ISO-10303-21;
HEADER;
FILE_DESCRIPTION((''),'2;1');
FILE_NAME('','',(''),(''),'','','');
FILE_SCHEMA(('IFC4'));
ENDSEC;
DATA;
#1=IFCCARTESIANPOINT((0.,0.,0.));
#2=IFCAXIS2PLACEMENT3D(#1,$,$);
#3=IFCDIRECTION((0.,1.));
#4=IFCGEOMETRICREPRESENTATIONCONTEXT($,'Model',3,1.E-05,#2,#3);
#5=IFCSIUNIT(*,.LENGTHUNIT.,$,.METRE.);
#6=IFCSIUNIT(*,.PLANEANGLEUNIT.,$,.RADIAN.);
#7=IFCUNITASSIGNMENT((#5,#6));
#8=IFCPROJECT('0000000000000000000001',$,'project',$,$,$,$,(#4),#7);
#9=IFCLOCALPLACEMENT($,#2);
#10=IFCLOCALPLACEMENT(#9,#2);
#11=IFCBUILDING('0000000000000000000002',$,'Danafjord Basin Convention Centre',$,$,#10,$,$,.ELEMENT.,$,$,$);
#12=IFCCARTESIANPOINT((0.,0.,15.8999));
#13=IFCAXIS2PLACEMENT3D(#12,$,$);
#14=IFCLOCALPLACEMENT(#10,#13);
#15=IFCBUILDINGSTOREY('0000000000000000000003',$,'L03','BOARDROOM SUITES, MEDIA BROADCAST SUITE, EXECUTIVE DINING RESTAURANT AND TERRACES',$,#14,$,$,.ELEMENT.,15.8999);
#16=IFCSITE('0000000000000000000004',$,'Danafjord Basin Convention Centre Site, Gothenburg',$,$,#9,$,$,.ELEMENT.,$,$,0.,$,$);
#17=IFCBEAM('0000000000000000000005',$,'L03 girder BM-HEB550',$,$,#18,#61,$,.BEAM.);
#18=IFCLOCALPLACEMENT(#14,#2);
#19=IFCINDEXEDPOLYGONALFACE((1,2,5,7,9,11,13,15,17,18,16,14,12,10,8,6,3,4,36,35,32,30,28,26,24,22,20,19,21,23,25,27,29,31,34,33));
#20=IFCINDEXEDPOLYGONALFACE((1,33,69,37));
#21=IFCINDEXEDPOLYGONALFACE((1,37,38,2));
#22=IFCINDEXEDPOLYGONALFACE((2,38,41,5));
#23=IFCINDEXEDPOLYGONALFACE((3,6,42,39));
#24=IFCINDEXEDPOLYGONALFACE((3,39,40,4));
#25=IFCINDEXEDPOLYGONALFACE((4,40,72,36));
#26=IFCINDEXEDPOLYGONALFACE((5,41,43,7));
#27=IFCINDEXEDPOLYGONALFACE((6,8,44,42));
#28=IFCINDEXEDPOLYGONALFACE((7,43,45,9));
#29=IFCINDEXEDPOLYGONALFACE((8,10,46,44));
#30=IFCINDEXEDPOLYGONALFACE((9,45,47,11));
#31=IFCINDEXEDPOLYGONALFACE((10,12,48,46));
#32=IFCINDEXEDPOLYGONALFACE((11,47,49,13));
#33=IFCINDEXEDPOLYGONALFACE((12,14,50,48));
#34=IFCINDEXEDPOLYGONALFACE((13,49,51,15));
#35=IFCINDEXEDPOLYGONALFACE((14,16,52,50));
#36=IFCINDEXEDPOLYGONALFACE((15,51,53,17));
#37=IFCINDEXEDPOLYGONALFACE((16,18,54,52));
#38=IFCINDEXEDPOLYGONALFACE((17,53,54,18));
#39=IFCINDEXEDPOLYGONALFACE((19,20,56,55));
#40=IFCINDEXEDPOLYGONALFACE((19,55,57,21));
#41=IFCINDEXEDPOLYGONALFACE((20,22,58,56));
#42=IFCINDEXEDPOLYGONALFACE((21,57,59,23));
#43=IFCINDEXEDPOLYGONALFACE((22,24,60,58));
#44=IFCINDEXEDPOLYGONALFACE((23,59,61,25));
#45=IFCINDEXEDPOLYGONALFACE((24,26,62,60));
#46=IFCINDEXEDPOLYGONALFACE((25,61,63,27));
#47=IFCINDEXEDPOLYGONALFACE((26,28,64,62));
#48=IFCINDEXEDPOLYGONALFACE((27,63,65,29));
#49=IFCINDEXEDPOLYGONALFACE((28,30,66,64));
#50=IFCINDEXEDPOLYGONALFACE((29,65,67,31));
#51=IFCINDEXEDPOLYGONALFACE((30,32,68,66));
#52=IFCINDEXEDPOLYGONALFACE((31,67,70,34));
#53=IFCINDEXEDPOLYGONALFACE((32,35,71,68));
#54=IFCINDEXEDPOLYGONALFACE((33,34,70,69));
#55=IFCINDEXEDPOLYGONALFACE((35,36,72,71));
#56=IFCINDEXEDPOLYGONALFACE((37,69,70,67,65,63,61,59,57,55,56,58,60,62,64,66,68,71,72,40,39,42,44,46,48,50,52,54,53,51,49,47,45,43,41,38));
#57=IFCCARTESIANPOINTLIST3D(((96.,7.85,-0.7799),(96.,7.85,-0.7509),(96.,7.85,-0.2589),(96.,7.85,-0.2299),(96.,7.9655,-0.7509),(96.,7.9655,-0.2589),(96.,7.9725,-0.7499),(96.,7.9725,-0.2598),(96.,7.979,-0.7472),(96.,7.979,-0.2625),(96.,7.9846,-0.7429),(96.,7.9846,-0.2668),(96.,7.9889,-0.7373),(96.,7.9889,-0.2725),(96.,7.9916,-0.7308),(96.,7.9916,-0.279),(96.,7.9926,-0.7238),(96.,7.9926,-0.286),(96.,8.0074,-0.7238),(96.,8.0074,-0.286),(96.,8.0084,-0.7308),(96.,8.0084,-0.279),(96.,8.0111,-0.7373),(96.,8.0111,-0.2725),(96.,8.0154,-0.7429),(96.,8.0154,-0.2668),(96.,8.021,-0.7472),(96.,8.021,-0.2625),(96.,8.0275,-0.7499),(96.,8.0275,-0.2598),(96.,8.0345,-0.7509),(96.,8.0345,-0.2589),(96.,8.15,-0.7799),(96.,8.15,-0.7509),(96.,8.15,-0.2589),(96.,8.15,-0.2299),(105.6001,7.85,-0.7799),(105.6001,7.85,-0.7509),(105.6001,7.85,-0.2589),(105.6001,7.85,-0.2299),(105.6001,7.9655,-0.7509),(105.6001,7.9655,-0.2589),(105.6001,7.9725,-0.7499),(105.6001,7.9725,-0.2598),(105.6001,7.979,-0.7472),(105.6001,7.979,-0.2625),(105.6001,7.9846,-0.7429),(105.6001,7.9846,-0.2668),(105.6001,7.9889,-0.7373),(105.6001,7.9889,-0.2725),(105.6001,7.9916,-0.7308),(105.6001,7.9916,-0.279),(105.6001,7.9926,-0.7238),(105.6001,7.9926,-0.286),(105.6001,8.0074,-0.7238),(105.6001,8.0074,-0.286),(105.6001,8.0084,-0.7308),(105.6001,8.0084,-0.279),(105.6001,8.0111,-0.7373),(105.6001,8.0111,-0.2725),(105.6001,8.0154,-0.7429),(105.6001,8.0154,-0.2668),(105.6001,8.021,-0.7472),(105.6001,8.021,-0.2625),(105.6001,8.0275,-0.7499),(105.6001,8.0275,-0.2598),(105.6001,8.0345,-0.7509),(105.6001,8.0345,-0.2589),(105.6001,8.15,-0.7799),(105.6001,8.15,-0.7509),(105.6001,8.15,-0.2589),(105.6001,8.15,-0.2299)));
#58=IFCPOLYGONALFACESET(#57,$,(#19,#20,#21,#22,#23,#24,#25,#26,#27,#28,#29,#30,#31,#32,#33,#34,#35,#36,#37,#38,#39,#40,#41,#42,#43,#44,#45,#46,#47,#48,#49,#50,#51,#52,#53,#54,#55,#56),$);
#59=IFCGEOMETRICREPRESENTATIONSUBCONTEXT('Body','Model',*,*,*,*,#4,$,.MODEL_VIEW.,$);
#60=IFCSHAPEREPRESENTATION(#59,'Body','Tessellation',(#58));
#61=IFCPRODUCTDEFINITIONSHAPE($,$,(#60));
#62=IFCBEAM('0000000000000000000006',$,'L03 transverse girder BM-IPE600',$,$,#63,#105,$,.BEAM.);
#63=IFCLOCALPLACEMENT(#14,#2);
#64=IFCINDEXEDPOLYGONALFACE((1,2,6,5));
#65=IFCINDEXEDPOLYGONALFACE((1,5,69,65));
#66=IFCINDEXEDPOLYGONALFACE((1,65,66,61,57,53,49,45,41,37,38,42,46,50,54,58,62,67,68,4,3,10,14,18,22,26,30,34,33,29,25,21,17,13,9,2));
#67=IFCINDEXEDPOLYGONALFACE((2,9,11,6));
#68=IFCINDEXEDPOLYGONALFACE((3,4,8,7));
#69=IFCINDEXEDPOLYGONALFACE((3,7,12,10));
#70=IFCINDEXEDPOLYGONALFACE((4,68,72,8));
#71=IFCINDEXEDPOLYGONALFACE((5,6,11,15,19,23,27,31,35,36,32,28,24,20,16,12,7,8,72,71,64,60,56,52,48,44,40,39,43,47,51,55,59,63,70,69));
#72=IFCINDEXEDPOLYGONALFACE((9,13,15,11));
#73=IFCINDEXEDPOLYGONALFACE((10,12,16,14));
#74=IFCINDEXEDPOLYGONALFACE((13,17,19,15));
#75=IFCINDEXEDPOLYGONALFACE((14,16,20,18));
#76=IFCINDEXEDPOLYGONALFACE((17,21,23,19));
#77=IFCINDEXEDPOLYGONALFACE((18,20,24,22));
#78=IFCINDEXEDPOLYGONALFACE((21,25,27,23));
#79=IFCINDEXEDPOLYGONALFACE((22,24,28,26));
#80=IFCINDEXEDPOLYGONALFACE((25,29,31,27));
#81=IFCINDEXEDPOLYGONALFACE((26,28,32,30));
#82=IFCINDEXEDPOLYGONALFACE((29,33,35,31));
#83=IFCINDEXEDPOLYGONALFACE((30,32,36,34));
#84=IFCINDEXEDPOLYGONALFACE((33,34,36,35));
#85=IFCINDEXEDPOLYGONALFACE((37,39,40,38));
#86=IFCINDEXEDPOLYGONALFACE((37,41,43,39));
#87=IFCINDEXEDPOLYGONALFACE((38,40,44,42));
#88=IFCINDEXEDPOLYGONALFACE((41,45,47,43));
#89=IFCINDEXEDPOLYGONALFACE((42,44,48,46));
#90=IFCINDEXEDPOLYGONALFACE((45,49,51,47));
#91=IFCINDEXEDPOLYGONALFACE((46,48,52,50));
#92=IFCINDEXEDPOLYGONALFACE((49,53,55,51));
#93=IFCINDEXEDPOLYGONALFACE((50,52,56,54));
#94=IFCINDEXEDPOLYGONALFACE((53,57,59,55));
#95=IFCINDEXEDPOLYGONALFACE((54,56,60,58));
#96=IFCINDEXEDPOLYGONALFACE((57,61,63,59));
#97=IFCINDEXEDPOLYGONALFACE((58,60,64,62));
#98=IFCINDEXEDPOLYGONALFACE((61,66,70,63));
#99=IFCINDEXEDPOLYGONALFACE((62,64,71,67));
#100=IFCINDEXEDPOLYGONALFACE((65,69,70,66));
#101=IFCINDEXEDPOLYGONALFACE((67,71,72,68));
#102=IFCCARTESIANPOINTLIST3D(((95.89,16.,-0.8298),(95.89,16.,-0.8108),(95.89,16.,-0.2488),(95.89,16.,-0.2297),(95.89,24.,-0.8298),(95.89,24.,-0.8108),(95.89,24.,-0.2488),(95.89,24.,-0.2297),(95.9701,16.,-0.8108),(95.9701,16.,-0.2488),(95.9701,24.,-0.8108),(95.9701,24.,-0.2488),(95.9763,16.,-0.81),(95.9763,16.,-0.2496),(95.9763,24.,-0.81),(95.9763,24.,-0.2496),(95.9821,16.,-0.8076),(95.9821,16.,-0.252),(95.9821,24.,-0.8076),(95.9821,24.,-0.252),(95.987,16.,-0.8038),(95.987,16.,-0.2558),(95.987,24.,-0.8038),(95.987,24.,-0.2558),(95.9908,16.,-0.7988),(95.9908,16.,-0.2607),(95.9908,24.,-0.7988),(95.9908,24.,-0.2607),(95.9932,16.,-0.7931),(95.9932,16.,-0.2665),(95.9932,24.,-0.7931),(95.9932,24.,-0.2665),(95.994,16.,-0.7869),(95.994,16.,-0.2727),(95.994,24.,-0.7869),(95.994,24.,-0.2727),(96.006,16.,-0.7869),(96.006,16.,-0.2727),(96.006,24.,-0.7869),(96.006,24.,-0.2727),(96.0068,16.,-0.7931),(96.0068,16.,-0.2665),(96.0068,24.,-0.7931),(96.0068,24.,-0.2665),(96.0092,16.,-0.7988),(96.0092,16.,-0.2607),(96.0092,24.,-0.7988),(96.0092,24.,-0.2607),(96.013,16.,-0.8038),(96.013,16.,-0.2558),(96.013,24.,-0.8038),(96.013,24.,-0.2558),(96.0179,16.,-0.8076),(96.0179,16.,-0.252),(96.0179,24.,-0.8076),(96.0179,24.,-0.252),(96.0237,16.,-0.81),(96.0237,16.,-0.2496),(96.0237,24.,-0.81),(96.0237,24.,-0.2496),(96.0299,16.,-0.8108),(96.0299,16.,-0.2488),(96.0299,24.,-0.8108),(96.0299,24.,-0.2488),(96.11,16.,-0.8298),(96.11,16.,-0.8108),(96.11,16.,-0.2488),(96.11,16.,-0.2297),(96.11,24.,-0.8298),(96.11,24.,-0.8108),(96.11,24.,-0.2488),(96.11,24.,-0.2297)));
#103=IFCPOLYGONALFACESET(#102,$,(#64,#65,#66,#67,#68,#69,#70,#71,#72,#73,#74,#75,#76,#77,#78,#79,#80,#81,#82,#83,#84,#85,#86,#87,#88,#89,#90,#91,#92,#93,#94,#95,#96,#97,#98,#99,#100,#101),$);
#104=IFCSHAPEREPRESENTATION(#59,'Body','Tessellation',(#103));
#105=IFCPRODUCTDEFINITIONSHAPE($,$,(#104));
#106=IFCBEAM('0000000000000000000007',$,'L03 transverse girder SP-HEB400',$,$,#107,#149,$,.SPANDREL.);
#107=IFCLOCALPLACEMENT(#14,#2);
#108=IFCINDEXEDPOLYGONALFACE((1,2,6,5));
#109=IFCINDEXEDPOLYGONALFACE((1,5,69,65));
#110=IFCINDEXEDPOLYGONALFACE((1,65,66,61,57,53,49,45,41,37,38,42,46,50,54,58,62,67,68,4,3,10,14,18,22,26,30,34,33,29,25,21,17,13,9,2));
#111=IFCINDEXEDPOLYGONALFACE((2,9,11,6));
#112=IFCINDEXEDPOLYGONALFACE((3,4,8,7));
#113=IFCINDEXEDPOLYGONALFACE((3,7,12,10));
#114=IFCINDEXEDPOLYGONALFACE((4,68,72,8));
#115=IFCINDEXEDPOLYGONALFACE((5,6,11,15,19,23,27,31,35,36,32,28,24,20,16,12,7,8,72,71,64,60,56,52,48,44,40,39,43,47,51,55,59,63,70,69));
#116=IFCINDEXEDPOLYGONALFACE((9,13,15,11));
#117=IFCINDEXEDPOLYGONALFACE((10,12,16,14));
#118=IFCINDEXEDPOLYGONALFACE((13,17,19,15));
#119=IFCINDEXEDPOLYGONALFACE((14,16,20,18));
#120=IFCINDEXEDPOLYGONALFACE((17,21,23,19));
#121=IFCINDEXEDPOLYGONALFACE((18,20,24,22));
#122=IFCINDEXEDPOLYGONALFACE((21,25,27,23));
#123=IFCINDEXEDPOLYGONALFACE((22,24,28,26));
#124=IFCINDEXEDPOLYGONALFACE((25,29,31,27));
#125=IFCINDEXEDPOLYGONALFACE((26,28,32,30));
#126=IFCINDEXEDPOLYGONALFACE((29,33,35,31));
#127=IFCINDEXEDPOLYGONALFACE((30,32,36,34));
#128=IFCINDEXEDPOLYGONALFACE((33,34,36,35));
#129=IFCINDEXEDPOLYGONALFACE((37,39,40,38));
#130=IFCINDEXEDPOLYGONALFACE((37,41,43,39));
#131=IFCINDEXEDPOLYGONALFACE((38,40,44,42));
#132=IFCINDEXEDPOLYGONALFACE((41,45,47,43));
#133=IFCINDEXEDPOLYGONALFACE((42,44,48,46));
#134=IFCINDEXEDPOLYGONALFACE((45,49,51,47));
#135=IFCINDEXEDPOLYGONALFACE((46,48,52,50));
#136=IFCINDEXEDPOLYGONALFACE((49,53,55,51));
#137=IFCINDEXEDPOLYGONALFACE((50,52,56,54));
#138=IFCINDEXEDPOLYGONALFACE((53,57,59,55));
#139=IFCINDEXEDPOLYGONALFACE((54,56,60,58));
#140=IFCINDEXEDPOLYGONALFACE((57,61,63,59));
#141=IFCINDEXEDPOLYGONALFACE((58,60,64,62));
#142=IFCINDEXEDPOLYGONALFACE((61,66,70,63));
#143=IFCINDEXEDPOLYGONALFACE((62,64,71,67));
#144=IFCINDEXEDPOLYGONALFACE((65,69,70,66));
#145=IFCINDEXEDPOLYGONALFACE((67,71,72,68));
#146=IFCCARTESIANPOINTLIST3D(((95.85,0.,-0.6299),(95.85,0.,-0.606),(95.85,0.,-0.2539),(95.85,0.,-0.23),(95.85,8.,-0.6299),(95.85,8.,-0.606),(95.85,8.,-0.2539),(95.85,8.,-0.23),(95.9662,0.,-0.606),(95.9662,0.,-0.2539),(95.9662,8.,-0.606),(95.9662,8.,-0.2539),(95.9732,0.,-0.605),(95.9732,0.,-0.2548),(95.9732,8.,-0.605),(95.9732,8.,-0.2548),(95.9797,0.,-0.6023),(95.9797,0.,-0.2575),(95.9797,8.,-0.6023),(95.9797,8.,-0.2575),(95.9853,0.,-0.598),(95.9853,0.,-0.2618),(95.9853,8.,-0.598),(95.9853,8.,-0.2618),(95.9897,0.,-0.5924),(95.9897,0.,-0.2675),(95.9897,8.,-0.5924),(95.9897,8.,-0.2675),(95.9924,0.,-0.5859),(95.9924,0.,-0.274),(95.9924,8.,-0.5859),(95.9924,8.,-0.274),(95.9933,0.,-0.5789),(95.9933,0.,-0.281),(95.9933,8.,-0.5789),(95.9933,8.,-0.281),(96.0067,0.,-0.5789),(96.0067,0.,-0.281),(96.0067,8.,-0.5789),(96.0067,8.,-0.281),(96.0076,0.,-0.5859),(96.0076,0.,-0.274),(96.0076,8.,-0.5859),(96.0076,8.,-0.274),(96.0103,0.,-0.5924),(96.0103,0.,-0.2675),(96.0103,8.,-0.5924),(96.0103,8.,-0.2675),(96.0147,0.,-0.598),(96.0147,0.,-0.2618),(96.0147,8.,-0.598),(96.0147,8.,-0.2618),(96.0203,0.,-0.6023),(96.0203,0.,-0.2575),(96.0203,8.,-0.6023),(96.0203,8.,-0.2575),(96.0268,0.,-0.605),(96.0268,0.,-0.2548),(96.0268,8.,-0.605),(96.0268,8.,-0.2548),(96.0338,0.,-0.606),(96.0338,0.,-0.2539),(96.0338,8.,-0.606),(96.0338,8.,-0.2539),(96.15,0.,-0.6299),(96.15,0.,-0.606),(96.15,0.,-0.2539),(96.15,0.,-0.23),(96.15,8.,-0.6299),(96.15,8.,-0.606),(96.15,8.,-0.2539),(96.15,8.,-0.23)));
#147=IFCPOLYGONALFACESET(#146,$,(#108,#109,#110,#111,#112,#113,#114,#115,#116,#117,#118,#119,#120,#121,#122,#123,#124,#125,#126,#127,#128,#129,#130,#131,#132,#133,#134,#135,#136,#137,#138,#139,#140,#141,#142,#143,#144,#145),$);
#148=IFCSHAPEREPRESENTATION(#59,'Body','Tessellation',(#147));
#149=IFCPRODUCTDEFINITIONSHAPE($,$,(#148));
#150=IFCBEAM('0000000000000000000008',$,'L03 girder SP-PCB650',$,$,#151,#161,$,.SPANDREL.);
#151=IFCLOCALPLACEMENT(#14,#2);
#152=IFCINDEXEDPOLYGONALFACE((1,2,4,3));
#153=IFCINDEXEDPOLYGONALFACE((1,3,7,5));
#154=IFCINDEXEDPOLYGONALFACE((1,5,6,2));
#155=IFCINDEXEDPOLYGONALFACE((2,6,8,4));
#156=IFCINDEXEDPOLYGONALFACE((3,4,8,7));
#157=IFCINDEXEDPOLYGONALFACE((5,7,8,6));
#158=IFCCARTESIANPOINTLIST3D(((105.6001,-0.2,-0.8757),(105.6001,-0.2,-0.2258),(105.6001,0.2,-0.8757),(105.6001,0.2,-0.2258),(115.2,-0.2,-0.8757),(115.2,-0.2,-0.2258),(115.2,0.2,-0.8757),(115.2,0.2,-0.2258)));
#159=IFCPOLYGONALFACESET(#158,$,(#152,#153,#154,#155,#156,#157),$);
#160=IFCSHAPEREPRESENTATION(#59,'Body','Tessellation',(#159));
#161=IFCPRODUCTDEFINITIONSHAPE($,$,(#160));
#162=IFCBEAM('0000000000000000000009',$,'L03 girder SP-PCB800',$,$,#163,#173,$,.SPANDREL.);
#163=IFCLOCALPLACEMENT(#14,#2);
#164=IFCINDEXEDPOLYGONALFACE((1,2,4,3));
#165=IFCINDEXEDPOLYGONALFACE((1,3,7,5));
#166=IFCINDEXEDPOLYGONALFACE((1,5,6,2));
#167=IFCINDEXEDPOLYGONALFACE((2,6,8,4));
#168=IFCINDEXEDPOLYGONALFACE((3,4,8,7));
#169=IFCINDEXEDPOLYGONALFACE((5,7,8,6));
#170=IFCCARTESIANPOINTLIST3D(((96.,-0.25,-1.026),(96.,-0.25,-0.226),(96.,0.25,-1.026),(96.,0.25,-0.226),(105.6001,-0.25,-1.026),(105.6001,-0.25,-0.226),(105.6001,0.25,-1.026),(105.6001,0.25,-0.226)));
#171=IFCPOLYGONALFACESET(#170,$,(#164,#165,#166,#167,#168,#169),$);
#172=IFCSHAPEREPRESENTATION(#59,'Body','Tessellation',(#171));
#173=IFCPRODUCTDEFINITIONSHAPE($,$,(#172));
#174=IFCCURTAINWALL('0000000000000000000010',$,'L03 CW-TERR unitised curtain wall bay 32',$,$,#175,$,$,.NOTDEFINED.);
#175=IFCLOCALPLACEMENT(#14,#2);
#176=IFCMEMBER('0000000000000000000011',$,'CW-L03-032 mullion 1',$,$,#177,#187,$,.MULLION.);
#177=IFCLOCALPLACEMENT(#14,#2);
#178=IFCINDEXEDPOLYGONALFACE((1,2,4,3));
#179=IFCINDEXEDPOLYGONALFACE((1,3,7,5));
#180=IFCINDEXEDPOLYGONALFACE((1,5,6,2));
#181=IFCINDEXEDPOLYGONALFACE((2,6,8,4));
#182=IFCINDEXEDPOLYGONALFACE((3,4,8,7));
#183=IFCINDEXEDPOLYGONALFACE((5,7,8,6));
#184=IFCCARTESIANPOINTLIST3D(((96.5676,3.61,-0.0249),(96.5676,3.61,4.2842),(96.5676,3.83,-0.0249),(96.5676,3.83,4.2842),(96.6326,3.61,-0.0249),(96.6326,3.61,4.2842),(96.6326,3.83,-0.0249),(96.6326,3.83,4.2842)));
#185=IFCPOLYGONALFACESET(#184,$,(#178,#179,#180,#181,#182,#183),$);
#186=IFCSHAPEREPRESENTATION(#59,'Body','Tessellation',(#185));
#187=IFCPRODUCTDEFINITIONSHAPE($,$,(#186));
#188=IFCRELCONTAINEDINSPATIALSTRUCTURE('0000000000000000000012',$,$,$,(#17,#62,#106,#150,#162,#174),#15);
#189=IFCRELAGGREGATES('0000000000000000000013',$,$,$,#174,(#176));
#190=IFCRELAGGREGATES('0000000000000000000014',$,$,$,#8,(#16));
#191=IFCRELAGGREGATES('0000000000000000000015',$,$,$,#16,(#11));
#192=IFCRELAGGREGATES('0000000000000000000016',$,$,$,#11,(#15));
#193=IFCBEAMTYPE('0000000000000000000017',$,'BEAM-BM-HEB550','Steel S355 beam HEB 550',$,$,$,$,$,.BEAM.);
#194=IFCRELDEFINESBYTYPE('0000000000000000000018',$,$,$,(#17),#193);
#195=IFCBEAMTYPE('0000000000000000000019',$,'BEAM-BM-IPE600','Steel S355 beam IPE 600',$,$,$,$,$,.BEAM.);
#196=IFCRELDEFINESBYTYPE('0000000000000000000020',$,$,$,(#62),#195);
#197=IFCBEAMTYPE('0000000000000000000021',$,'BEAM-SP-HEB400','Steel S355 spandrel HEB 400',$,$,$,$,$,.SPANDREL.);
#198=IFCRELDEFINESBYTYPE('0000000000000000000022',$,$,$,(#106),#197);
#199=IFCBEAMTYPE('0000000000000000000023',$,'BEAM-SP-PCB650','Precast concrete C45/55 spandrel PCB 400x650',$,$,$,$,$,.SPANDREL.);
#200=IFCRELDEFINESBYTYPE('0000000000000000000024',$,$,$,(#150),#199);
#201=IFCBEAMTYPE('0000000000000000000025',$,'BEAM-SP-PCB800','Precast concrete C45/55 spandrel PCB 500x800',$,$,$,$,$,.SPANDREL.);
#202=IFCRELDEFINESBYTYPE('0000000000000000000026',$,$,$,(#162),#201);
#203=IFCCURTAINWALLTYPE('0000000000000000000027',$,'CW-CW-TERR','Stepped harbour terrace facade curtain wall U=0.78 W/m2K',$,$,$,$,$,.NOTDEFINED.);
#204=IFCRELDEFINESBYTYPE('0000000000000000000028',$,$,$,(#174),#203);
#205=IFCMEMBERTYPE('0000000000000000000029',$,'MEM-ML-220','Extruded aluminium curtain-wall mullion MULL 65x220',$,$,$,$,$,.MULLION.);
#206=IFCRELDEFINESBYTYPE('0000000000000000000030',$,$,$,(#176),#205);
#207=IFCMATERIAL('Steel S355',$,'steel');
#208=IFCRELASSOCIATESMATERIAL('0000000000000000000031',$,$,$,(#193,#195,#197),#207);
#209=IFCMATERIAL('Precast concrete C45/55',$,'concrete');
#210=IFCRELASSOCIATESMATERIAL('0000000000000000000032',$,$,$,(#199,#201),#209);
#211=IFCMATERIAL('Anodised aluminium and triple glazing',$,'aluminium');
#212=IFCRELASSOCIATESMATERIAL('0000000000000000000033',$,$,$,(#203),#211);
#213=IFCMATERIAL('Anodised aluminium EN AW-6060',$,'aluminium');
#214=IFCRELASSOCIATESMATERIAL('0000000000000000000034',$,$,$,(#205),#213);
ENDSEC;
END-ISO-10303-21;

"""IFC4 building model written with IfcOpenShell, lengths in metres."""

from ifc_helpers import new_model, si_unit, direction, frame, origin, origin_2d, place, context, subcontext, project, spatial, rectangle, i_section, extrude, material, material_profile, profile_set, type_object, element, aggregate, save


model = new_model("IFC4")

# Units and contexts
model_context = context("Model", 3, precision=1e-05, world=origin(), true_north=direction((0.0, 1.0)))
body_context = subcontext(model_context, "Body", "Model", "MODEL_VIEW")
ifc_project = project(units=[si_unit("LENGTHUNIT", "METRE"), si_unit("PLANEANGLEUNIT", "RADIAN")], contexts=[model_context])

# Site, building, storey
site_placement = place(None, origin())
site = spatial("IfcSite", under=ifc_project, at=site_placement, Name="Danafjord Basin Convention Centre Site, Gothenburg", CompositionType="ELEMENT", RefElevation=0.0)
building_placement = place(site_placement, origin())
building = spatial("IfcBuilding", under=site, at=building_placement, Name="Danafjord Basin Convention Centre", CompositionType="ELEMENT")
storey_placement = place(building_placement, frame((0.0, 0.0, 15.8999)))
storey = spatial("IfcBuildingStorey", under=building, at=storey_placement, Name="L03", Description="BOARDROOM SUITES, MEDIA BROADCAST SUITE, EXECUTIVE DINING RESTAURANT AND TERRACES", CompositionType="ELEMENT", Elevation=15.8999)

# Shared definitions
ifc_material_1 = material(Name="Steel S355", Category="steel")

# Beams
ifc_material_profile_1 = material_profile(ifc_material_1, i_section(OverallWidth=0.3, OverallDepth=0.55, WebThickness=0.0149, FlangeThickness=0.0291, FilletRadius=0.0271, at=origin_2d()), Name="HEB 550")
ifc_profile_set_1 = profile_set([ifc_material_profile_1], Name="Steel S355")
beam_type_1 = type_object("IfcBeamType", Name="BEAM-BM-HEB550", Description="Steel S355 beam HEB 550", PredefinedType="BEAM", material=ifc_profile_set_1)
beam_1_placement = place(storey_placement, frame((96.0, 8.0, -0.5049), z_axis=(1.0, 0.0, 0.0), x_axis=(0.0, 1.0, 0.0)))
element("IfcBeam", 1, at=beam_1_placement, inside=storey, type_object=beam_type_1, Name="L03 girder BM-HEB550", PredefinedType="BEAM", context=body_context, shape_type="SweptSolid", body=[
    extrude(i_section(OverallWidth=0.3, OverallDepth=0.55, WebThickness=0.0149, FlangeThickness=0.0291, FilletRadius=0.0271, at=origin_2d()), origin(), (0.0, 0.0, 1.0), 9.6001),
])
ifc_material_profile_2 = material_profile(ifc_material_1, i_section(OverallWidth=0.22, OverallDepth=0.6001, WebThickness=0.012, FlangeThickness=0.019, FilletRadius=0.0239, at=origin_2d()), Name="IPE 600")
ifc_profile_set_2 = profile_set([ifc_material_profile_2], Name="Steel S355")
beam_type_2 = type_object("IfcBeamType", Name="BEAM-BM-IPE600", Description="Steel S355 beam IPE 600", PredefinedType="BEAM", material=ifc_profile_set_2)
beam_2_placement = place(storey_placement, frame((96.0, 16.0, -0.5298), z_axis=(0.0, 1.0, 0.0), x_axis=(-1.0, 0.0, 0.0)))
element("IfcBeam", 2, at=beam_2_placement, inside=storey, type_object=beam_type_2, Name="L03 transverse girder BM-IPE600", PredefinedType="BEAM", context=body_context, shape_type="SweptSolid", body=[
    extrude(i_section(OverallWidth=0.22, OverallDepth=0.6001, WebThickness=0.012, FlangeThickness=0.019, FilletRadius=0.0239, at=origin_2d()), origin(), (0.0, 0.0, 1.0), 8.0),
])
ifc_material_profile_3 = material_profile(ifc_material_1, i_section(OverallWidth=0.3, OverallDepth=0.3999, WebThickness=0.0134, FlangeThickness=0.0239, FilletRadius=0.0271, at=origin_2d()), Name="HEB 400")
ifc_profile_set_3 = profile_set([ifc_material_profile_3], Name="Steel S355")
beam_type_3 = type_object("IfcBeamType", Name="BEAM-SP-HEB400", Description="Steel S355 spandrel HEB 400", PredefinedType="SPANDREL", material=ifc_profile_set_3)
beam_3_placement = place(storey_placement, frame((96.0, 0.0, -0.4299), z_axis=(0.0, 1.0, 0.0), x_axis=(-1.0, 0.0, 0.0)))
element("IfcBeam", 3, at=beam_3_placement, inside=storey, type_object=beam_type_3, Name="L03 transverse girder SP-HEB400", PredefinedType="SPANDREL", context=body_context, shape_type="SweptSolid", body=[
    extrude(i_section(OverallWidth=0.3, OverallDepth=0.3999, WebThickness=0.0134, FlangeThickness=0.0239, FilletRadius=0.0271, at=origin_2d()), origin(), (0.0, 0.0, 1.0), 8.0),
])
ifc_material_2 = material(Name="Precast concrete C45/55", Category="concrete")
ifc_material_profile_4 = material_profile(ifc_material_2, rectangle(XDim=0.3999, YDim=0.6499, at=origin_2d()), Name="PCB 400x650")
ifc_profile_set_4 = profile_set([ifc_material_profile_4], Name="Precast concrete C45/55")
beam_type_4 = type_object("IfcBeamType", Name="BEAM-SP-PCB650", Description="Precast concrete C45/55 spandrel PCB 400x650", PredefinedType="SPANDREL", material=ifc_profile_set_4)
beam_4_placement = place(storey_placement, frame((105.6001, 0.0, -0.5508), z_axis=(1.0, 0.0, 0.0), x_axis=(0.0, 1.0, 0.0)))
element("IfcBeam", 4, at=beam_4_placement, inside=storey, type_object=beam_type_4, Name="L03 girder SP-PCB650", PredefinedType="SPANDREL", context=body_context, shape_type="SweptSolid", body=[
    extrude(rectangle(XDim=0.3999, YDim=0.6499, at=origin_2d()), origin(), (0.0, 0.0, 1.0), 9.5999),
])
ifc_material_profile_5 = material_profile(ifc_material_2, rectangle(XDim=0.5, YDim=0.8, at=origin_2d()), Name="PCB 500x800")
ifc_profile_set_5 = profile_set([ifc_material_profile_5], Name="Precast concrete C45/55")
beam_type_5 = type_object("IfcBeamType", Name="BEAM-SP-PCB800", Description="Precast concrete C45/55 spandrel PCB 500x800", PredefinedType="SPANDREL", material=ifc_profile_set_5)
beam_5_placement = place(storey_placement, frame((96.0, 0.0, -0.626), z_axis=(1.0, 0.0, 0.0), x_axis=(0.0, 1.0, 0.0)))
element("IfcBeam", 5, at=beam_5_placement, inside=storey, type_object=beam_type_5, Name="L03 girder SP-PCB800", PredefinedType="SPANDREL", context=body_context, shape_type="SweptSolid", body=[
    extrude(rectangle(XDim=0.5, YDim=0.8, at=origin_2d()), origin(), (0.0, 0.0, 1.0), 9.6001),
])

# Curtain wall, member
ifc_material_3 = material(Name="Anodised aluminium and triple glazing", Category="aluminium")
curtain_wall_type = type_object("IfcCurtainWallType", Name="CW-CW-TERR", Description="Stepped harbour terrace facade curtain wall U=0.78 W/m2K", PredefinedType="NOTDEFINED", material=ifc_material_3)
curtain_wall_placement = place(storey_placement, origin())
curtain_wall = element("IfcCurtainWall", 6, at=curtain_wall_placement, inside=storey, type_object=curtain_wall_type, Name="L03 CW-TERR unitised curtain wall bay 32", PredefinedType="NOTDEFINED")
ifc_material_4 = material(Name="Anodised aluminium EN AW-6060", Category="aluminium")
ifc_material_profile_6 = material_profile(ifc_material_4, rectangle(XDim=0.0649, YDim=0.22, at=origin_2d()), Name="MULL 65x220")
ifc_profile_set_6 = profile_set([ifc_material_profile_6], Name="Anodised aluminium EN AW-6060")
member_type_1 = type_object("IfcMemberType", Name="MEM-ML-220", Description="Extruded aluminium curtain-wall mullion MULL 65x220", PredefinedType="MULLION", material=ifc_profile_set_6)
member_1_placement = place(storey_placement, frame((96.6001, 3.72, -0.0249), z_axis=(0.0, 0.0, 1.0), x_axis=(1.0, 0.0, 0.0)))
member_1 = element("IfcMember", 7, at=member_1_placement, type_object=member_type_1, Name="CW-L03-032 mullion 1", PredefinedType="MULLION", context=body_context, shape_type="SweptSolid", body=[
    extrude(rectangle(XDim=0.0649, YDim=0.22, at=origin_2d()), origin(), (0.0, 0.0, 1.0), 4.3091),
])
aggregate(curtain_wall, [member_1])

save(model, "model.ifc")
